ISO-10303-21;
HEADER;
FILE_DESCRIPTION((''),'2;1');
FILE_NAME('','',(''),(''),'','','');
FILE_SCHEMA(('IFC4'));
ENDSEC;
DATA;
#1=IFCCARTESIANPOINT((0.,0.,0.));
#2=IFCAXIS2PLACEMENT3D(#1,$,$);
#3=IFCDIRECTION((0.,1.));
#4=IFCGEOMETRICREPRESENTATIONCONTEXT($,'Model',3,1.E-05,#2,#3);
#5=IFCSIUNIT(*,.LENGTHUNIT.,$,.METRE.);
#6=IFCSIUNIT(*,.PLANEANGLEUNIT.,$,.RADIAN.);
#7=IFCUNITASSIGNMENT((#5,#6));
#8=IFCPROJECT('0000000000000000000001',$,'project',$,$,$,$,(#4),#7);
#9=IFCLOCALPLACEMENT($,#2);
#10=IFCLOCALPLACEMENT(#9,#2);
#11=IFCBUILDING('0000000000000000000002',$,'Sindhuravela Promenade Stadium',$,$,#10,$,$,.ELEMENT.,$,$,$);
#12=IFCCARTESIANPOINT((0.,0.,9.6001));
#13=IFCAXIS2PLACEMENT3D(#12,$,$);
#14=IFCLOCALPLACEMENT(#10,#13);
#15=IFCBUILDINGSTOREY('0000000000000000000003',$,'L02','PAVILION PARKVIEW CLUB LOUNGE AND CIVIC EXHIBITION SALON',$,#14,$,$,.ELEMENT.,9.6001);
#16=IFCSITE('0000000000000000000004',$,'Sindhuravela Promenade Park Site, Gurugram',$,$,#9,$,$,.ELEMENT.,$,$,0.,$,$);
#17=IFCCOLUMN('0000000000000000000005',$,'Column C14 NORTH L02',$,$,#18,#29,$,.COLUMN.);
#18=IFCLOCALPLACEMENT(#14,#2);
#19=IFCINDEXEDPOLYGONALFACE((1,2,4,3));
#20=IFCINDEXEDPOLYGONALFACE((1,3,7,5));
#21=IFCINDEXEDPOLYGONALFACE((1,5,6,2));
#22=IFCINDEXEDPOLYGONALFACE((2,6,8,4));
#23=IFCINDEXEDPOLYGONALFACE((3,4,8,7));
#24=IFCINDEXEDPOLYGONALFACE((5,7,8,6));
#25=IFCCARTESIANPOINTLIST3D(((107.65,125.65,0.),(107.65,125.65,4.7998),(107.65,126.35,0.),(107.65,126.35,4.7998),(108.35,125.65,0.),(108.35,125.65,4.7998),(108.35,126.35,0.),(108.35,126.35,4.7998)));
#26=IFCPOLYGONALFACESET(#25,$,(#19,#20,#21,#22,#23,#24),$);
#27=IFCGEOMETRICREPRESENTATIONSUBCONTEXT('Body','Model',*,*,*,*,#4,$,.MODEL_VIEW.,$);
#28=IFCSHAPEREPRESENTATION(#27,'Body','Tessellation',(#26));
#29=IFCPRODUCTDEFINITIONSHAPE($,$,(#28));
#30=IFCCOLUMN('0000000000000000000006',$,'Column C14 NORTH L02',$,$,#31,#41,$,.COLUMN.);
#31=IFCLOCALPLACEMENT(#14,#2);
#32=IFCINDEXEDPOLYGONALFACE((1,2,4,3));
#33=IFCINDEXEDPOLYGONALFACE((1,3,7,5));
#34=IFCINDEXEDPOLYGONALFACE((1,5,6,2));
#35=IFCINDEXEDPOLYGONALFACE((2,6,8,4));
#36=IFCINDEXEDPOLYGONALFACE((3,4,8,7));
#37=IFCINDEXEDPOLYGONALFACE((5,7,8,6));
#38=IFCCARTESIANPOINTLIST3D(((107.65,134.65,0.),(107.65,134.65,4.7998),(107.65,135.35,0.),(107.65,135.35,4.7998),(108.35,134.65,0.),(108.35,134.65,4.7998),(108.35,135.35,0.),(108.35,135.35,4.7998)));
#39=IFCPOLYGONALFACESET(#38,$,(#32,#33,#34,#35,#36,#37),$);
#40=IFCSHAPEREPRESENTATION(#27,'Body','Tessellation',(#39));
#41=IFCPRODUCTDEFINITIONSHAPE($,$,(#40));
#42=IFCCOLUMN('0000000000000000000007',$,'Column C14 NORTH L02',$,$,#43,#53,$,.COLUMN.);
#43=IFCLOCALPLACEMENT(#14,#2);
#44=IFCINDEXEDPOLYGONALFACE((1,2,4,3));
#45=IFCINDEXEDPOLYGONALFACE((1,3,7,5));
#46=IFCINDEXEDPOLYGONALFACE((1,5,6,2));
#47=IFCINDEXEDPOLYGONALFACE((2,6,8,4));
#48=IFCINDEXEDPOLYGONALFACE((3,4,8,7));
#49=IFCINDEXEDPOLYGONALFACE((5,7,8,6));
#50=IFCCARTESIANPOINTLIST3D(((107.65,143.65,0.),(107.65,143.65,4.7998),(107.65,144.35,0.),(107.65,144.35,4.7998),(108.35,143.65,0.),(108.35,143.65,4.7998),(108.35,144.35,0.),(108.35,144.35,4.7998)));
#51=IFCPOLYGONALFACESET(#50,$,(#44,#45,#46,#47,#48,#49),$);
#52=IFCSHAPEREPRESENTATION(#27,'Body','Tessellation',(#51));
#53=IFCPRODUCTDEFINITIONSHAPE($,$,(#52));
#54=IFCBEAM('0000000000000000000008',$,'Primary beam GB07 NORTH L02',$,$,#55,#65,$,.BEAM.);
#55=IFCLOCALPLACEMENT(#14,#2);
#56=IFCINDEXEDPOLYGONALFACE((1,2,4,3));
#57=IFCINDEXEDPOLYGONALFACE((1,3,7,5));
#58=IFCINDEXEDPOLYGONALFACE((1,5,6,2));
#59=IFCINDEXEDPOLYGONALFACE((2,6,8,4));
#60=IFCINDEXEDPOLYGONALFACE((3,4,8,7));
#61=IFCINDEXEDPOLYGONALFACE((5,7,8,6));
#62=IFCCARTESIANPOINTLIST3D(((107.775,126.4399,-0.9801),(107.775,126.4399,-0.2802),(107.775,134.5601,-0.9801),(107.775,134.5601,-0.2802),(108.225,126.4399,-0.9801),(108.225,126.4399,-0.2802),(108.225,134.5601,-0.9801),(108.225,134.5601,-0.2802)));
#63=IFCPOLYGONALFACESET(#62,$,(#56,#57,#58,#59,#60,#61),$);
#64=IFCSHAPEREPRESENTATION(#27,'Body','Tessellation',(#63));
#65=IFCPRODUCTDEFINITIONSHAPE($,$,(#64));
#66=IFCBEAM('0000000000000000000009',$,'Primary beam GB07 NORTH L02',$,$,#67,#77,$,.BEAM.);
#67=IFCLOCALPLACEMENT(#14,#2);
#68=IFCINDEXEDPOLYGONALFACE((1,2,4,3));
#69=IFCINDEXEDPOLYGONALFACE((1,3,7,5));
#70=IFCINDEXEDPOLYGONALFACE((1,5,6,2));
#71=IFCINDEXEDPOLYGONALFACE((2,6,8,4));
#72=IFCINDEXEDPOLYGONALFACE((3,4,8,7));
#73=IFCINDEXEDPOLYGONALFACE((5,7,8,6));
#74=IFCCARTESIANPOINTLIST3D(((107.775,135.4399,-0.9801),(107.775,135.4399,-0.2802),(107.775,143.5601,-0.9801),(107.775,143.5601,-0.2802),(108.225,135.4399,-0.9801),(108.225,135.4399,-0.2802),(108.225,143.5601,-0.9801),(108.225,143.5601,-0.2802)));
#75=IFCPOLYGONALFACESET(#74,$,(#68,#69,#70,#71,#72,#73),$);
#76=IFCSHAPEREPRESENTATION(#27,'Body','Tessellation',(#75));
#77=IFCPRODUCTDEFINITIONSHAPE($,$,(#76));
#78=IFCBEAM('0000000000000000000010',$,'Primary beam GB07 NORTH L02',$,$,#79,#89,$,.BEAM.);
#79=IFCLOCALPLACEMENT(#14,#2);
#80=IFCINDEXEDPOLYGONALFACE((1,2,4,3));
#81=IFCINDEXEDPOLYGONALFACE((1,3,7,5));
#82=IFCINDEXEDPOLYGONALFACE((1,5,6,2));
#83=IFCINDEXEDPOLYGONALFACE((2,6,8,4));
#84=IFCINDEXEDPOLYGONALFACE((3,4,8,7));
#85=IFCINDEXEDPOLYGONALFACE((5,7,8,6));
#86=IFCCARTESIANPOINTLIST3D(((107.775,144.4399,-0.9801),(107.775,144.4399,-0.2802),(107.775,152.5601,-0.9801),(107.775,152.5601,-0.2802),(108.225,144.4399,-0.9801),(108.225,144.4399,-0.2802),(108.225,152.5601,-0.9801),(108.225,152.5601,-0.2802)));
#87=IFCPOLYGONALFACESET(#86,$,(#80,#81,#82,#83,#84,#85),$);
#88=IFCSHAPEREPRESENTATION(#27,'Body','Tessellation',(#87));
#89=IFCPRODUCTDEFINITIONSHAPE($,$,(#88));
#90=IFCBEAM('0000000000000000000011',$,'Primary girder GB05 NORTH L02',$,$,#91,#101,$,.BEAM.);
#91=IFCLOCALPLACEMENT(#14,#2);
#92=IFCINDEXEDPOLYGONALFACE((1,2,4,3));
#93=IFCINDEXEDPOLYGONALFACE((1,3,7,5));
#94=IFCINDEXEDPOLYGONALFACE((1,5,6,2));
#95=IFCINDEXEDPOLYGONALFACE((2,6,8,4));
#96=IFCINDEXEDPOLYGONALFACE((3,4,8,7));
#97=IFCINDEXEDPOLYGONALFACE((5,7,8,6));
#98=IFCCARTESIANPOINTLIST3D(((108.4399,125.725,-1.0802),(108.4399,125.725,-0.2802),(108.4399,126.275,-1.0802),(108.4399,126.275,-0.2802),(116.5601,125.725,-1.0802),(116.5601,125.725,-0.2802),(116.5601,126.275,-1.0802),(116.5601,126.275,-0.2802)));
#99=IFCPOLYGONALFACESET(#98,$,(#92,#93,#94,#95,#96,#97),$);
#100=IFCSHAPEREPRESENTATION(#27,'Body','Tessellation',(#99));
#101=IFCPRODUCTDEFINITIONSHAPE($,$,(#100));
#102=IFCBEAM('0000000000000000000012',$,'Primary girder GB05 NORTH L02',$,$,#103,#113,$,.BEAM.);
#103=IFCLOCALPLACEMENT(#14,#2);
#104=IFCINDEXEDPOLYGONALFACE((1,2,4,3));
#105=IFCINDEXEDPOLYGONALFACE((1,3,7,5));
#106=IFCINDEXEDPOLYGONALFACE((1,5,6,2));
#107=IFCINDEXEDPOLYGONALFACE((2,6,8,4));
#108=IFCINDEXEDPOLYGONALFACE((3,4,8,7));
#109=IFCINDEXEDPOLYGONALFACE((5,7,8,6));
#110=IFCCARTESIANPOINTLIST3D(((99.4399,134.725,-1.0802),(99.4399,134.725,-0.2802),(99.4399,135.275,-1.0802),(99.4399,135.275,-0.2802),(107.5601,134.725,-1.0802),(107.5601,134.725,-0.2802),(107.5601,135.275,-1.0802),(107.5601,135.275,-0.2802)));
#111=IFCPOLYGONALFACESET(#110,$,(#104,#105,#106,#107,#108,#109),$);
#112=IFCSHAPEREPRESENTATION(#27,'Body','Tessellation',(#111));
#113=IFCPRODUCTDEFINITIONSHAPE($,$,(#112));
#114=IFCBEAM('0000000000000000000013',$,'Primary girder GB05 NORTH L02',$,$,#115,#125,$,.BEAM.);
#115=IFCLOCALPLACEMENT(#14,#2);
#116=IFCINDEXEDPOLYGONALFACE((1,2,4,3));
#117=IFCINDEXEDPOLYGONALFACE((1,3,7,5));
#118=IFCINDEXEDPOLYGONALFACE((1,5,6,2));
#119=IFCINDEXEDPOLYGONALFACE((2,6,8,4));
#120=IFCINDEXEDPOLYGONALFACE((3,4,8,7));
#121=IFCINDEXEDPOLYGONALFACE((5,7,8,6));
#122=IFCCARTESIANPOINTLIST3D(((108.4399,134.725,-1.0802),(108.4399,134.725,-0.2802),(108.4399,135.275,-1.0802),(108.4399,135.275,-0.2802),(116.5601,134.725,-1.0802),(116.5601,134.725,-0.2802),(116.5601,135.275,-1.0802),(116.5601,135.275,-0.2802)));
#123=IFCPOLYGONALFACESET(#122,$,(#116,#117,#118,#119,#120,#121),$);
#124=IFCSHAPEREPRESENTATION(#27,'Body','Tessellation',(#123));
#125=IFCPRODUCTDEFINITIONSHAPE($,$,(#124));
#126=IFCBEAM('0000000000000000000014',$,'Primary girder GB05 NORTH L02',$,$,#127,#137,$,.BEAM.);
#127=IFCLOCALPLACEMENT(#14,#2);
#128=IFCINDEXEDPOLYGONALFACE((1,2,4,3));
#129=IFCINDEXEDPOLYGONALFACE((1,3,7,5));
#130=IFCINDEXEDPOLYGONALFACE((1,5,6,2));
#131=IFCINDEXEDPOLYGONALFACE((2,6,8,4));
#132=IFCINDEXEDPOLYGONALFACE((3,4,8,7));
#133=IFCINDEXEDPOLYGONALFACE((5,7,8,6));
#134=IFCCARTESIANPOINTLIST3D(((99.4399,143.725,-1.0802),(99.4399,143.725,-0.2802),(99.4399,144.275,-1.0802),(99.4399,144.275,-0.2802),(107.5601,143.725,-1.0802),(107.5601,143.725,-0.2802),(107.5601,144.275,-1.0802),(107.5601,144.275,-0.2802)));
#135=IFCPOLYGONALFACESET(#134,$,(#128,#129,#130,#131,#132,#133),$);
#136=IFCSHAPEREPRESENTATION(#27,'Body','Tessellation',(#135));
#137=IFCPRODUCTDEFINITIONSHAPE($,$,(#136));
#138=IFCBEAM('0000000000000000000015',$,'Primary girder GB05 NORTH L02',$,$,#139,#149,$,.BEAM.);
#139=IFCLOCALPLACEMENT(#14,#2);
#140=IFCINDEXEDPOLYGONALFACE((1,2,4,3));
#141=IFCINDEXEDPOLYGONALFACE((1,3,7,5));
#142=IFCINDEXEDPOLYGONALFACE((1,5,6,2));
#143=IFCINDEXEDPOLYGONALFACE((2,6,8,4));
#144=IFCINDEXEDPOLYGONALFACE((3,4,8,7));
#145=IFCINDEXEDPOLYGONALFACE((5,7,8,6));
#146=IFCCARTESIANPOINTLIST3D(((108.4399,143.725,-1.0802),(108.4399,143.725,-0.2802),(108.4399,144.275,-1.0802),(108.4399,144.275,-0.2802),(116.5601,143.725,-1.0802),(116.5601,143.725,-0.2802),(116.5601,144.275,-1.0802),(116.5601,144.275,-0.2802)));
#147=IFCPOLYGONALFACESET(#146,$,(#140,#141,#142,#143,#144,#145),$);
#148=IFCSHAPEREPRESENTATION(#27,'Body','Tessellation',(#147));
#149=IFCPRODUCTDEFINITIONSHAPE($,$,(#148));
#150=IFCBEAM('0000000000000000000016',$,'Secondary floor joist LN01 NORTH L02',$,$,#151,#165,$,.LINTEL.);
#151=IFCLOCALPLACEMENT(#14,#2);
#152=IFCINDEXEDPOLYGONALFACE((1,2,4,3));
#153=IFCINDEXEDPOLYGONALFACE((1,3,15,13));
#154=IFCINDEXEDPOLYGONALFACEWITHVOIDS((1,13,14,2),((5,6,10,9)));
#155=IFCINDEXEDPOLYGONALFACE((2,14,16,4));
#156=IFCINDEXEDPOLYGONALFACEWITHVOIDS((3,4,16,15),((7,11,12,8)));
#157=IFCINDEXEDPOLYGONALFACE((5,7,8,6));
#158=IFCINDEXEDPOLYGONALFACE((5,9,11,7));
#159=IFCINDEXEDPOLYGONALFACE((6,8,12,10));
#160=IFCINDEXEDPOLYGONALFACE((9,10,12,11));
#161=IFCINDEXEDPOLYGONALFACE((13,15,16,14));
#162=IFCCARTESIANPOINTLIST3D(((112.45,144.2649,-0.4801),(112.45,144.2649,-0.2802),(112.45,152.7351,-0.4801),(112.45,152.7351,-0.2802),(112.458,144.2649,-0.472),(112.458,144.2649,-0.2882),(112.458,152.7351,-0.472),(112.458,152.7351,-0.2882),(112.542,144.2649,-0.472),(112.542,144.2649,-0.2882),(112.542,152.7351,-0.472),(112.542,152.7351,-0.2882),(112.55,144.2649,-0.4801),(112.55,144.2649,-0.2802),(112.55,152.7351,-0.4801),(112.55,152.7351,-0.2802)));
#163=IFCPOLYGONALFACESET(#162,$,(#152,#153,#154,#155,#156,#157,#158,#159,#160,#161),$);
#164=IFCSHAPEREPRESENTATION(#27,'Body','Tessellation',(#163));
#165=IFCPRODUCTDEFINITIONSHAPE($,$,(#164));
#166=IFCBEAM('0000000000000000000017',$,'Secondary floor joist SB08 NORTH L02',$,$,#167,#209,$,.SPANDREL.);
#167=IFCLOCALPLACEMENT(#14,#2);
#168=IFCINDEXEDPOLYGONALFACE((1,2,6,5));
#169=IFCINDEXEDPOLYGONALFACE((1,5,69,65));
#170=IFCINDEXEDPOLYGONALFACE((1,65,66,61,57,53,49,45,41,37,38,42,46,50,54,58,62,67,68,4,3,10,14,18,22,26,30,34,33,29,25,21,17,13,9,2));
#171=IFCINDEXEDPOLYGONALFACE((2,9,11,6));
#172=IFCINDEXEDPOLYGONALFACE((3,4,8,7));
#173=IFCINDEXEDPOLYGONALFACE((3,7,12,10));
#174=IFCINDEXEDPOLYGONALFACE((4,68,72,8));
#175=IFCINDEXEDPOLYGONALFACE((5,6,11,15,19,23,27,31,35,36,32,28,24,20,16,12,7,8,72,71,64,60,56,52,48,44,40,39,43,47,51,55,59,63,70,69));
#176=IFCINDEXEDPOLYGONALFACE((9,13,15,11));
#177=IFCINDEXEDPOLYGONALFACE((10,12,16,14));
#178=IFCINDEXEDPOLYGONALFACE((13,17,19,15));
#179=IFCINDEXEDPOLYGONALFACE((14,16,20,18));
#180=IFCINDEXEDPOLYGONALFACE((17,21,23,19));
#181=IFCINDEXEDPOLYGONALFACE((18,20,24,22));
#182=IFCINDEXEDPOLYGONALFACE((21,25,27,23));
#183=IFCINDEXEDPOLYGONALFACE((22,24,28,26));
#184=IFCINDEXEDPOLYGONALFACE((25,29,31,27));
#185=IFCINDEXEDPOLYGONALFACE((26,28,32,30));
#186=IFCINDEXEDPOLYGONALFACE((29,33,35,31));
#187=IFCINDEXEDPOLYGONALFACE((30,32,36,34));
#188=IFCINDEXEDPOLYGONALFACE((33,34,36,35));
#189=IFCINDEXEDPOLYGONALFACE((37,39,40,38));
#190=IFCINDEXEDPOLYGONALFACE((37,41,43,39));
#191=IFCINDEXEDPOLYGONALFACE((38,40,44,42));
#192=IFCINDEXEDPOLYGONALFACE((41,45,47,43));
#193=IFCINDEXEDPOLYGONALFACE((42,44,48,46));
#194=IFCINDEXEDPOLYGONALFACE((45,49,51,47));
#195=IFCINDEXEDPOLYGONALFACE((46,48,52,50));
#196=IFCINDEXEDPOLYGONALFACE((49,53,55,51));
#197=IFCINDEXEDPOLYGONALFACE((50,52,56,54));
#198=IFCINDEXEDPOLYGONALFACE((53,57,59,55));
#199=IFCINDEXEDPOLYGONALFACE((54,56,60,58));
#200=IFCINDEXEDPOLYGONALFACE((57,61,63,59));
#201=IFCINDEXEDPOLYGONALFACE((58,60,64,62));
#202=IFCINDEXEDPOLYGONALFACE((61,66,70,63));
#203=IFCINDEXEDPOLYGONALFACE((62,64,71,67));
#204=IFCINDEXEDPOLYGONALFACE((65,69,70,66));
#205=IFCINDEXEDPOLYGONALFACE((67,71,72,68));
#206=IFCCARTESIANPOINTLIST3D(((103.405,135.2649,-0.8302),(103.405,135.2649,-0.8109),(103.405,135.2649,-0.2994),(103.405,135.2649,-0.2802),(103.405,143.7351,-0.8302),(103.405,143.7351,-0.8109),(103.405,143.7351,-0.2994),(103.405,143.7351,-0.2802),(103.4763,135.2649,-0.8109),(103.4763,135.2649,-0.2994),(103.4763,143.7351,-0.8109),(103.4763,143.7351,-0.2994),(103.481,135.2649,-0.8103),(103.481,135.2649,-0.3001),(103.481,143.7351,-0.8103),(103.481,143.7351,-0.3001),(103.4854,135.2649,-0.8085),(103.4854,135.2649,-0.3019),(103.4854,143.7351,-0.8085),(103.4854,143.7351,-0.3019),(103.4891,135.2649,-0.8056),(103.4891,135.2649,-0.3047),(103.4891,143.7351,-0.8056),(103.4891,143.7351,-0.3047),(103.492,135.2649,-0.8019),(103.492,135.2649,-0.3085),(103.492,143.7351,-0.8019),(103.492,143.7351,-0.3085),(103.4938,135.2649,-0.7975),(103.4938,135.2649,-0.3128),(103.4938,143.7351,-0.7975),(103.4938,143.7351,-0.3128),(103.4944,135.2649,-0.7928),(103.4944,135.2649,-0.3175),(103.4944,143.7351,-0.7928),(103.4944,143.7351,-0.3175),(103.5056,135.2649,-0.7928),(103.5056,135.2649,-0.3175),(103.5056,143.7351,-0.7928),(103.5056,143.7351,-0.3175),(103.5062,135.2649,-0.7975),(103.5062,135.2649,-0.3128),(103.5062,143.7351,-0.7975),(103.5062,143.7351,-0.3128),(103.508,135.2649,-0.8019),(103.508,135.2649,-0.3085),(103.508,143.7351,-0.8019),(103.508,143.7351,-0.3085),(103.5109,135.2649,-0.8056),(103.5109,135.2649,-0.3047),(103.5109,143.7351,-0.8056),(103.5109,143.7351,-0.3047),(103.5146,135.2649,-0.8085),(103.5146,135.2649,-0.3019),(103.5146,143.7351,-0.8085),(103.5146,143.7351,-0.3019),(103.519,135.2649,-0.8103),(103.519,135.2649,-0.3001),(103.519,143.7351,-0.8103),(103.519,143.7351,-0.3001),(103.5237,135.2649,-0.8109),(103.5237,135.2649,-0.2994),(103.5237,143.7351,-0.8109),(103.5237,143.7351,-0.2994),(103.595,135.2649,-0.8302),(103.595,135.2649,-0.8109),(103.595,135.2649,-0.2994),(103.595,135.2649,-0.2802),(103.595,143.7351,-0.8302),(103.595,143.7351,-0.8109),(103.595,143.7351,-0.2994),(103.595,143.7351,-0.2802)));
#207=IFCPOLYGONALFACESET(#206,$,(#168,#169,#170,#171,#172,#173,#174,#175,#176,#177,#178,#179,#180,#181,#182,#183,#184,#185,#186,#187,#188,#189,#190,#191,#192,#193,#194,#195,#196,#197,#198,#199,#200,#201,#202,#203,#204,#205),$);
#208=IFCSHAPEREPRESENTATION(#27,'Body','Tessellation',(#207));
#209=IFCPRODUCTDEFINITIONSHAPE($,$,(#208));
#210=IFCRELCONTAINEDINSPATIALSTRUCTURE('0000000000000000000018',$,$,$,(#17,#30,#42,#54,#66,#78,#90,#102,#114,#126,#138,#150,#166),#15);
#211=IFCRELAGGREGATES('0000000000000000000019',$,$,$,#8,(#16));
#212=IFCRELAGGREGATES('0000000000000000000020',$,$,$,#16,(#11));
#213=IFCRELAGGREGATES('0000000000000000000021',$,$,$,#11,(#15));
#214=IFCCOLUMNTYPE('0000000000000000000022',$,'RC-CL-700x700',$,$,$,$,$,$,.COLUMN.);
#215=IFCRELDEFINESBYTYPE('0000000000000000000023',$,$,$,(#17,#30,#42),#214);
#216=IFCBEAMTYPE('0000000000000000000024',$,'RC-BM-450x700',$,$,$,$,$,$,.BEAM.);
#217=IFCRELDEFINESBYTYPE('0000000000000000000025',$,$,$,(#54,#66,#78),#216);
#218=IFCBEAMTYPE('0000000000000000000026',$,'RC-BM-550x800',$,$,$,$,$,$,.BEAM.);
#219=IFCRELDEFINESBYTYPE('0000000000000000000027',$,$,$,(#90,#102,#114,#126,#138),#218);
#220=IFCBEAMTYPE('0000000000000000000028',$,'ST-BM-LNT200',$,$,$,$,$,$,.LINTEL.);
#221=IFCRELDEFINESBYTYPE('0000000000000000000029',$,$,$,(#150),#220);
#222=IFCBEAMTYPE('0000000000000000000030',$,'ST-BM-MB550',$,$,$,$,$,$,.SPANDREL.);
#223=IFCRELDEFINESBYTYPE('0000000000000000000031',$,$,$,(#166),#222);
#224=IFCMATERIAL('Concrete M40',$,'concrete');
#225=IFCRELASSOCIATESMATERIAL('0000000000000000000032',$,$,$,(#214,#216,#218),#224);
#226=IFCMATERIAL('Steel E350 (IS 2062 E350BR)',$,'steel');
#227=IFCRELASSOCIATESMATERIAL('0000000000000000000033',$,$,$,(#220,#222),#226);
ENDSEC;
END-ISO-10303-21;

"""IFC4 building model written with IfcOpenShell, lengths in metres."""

from ifc_helpers import new_model, si_unit, direction, frame, origin, origin_2d, place, context, subcontext, project, spatial, rectangle, hollow_rectangle, i_section, extrude, material, material_profile, profile_set, type_object, element, save


model = new_model("IFC4")

# Units and contexts
model_context = context("Model", 3, precision=1e-05, world=origin(), true_north=direction((0.0, 1.0)))
body_context = subcontext(model_context, "Body", "Model", "MODEL_VIEW")
ifc_project = project(units=[si_unit("LENGTHUNIT", "METRE"), si_unit("PLANEANGLEUNIT", "RADIAN")], contexts=[model_context])

# Site, building, storey
site_placement = place(None, origin())
site = spatial("IfcSite", under=ifc_project, at=site_placement, Name="Sindhuravela Promenade Park Site, Gurugram", CompositionType="ELEMENT", RefElevation=0.0)
building_placement = place(site_placement, origin())
building = spatial("IfcBuilding", under=site, at=building_placement, Name="Sindhuravela Promenade Stadium", CompositionType="ELEMENT")
storey_placement = place(building_placement, frame((0.0, 0.0, 9.6001)))
storey = spatial("IfcBuildingStorey", under=building, at=storey_placement, Name="L02", Description="PAVILION PARKVIEW CLUB LOUNGE AND CIVIC EXHIBITION SALON", CompositionType="ELEMENT", Elevation=9.6001)

# Columns
ifc_material_1 = material(Name="Concrete M40", Category="concrete")
ifc_material_profile_1 = material_profile(ifc_material_1, rectangle(XDim=0.7, YDim=0.7, at=origin_2d()), Name="RC 700x700")
ifc_profile_set_1 = profile_set([ifc_material_profile_1], Name="Concrete M40")
column_type = type_object("IfcColumnType", Name="RC-CL-700x700", PredefinedType="COLUMN", material=ifc_profile_set_1)
for number, where, z_axis, x_axis, name in (
    (1, (108.0, 126.0, 0.0), (0.0, 0.0, 1.0), (1.0, 0.0, 0.0), "Column C14 NORTH L02"),
    (2, (108.0, 135.0, 0.0), (0.0, 0.0, 1.0), (1.0, 0.0, 0.0), "Column C14 NORTH L02"),
    (3, (108.0, 144.0, 0.0), (0.0, 0.0, 1.0), (1.0, 0.0, 0.0), "Column C14 NORTH L02"),
):
    element("IfcColumn", number, at=place(storey_placement, frame(where, z_axis=z_axis, x_axis=x_axis)), inside=storey, type_object=column_type, Name=name, PredefinedType="COLUMN", context=body_context, shape_type="SweptSolid", body=[
        extrude(rectangle(XDim=0.7, YDim=0.7, at=origin_2d()), origin(), (0.0, 0.0, 1.0), 4.7998),
    ])

# Beams
ifc_material_profile_2 = material_profile(ifc_material_1, rectangle(XDim=0.45, YDim=0.7, at=origin_2d()), Name="RC 450x700")
ifc_profile_set_2 = profile_set([ifc_material_profile_2], Name="Concrete M40")
beam_type_1 = type_object("IfcBeamType", Name="RC-BM-450x700", PredefinedType="BEAM", material=ifc_profile_set_2)
for number, where, z_axis, x_axis, name in (
    (4, (108.0, 126.4399, -0.6301), (0.0, 1.0, 0.0), (-1.0, 0.0, 0.0), "Primary beam GB07 NORTH L02"),
    (5, (108.0, 135.4399, -0.6301), (0.0, 1.0, 0.0), (-1.0, 0.0, 0.0), "Primary beam GB07 NORTH L02"),
    (6, (108.0, 144.4399, -0.6301), (0.0, 1.0, 0.0), (-1.0, 0.0, 0.0), "Primary beam GB07 NORTH L02"),
):
    element("IfcBeam", number, at=place(storey_placement, frame(where, z_axis=z_axis, x_axis=x_axis)), inside=storey, type_object=beam_type_1, Name=name, PredefinedType="BEAM", context=body_context, shape_type="SweptSolid", body=[
        extrude(rectangle(XDim=0.45, YDim=0.7, at=origin_2d()), origin(), (0.0, 0.0, 1.0), 8.1201),
    ])
ifc_material_profile_3 = material_profile(ifc_material_1, rectangle(XDim=0.55, YDim=0.8, at=origin_2d()), Name="RC 550x800")
ifc_profile_set_3 = profile_set([ifc_material_profile_3], Name="Concrete M40")
beam_type_2 = type_object("IfcBeamType", Name="RC-BM-550x800", PredefinedType="BEAM", material=ifc_profile_set_3)
for number, where, z_axis, x_axis, name in (
    (7, (108.4399, 126.0, -0.6802), (1.0, 0.0, 0.0), (0.0, 1.0, 0.0), "Primary girder GB05 NORTH L02"),
    (8, (99.4399, 135.0, -0.6802), (1.0, 0.0, 0.0), (0.0, 1.0, 0.0), "Primary girder GB05 NORTH L02"),
    (9, (108.4399, 135.0, -0.6802), (1.0, 0.0, 0.0), (0.0, 1.0, 0.0), "Primary girder GB05 NORTH L02"),
    (10, (99.4399, 144.0, -0.6802), (1.0, 0.0, 0.0), (0.0, 1.0, 0.0), "Primary girder GB05 NORTH L02"),
    (11, (108.4399, 144.0, -0.6802), (1.0, 0.0, 0.0), (0.0, 1.0, 0.0), "Primary girder GB05 NORTH L02"),
):
    element("IfcBeam", number, at=place(storey_placement, frame(where, z_axis=z_axis, x_axis=x_axis)), inside=storey, type_object=beam_type_2, Name=name, PredefinedType="BEAM", context=body_context, shape_type="SweptSolid", body=[
        extrude(rectangle(XDim=0.55, YDim=0.8, at=origin_2d()), origin(), (0.0, 0.0, 1.0), 8.1201),
    ])
ifc_material_2 = material(Name="Steel E350 (IS 2062 E350BR)", Category="steel")
ifc_material_profile_4 = material_profile(ifc_material_2, hollow_rectangle(XDim=0.1001, YDim=0.2, WallThickness=0.0081, at=origin_2d()), Name="RHS 200x100x8")
ifc_profile_set_4 = profile_set([ifc_material_profile_4], Name="Steel E350 (IS 2062 E350BR)")
beam_type_3 = type_object("IfcBeamType", Name="ST-BM-LNT200", PredefinedType="LINTEL", material=ifc_profile_set_4)
beam_1_placement = place(storey_placement, frame((112.5, 144.2649, -0.3801), z_axis=(0.0, 1.0, 0.0), x_axis=(-1.0, 0.0, 0.0)))
element("IfcBeam", 12, at=beam_1_placement, inside=storey, type_object=beam_type_3, Name="Secondary floor joist LN01 NORTH L02", PredefinedType="LINTEL", context=body_context, shape_type="SweptSolid", body=[
    extrude(hollow_rectangle(XDim=0.1001, YDim=0.2, WallThickness=0.0081, at=origin_2d()), origin(), (0.0, 0.0, 1.0), 8.4702),
])
ifc_material_profile_5 = material_profile(ifc_material_2, i_section(OverallWidth=0.1899, OverallDepth=0.55, WebThickness=0.0112, FlangeThickness=0.0193, FilletRadius=0.0181, at=origin_2d()), Name="ISMB 550")
ifc_profile_set_5 = profile_set([ifc_material_profile_5], Name="Steel E350 (IS 2062 E350BR)")
beam_type_4 = type_object("IfcBeamType", Name="ST-BM-MB550", PredefinedType="SPANDREL", material=ifc_profile_set_5)
beam_2_placement = place(storey_placement, frame((103.5, 135.2649, -0.5552), z_axis=(0.0, 1.0, 0.0), x_axis=(-1.0, 0.0, 0.0)))
element("IfcBeam", 13, at=beam_2_placement, inside=storey, type_object=beam_type_4, Name="Secondary floor joist SB08 NORTH L02", PredefinedType="SPANDREL", context=body_context, shape_type="SweptSolid", body=[
    extrude(i_section(OverallWidth=0.1899, OverallDepth=0.55, WebThickness=0.0112, FlangeThickness=0.0193, FilletRadius=0.0181, at=origin_2d()), origin(), (0.0, 0.0, 1.0), 8.4702),
])

save(model, "model.ifc")
